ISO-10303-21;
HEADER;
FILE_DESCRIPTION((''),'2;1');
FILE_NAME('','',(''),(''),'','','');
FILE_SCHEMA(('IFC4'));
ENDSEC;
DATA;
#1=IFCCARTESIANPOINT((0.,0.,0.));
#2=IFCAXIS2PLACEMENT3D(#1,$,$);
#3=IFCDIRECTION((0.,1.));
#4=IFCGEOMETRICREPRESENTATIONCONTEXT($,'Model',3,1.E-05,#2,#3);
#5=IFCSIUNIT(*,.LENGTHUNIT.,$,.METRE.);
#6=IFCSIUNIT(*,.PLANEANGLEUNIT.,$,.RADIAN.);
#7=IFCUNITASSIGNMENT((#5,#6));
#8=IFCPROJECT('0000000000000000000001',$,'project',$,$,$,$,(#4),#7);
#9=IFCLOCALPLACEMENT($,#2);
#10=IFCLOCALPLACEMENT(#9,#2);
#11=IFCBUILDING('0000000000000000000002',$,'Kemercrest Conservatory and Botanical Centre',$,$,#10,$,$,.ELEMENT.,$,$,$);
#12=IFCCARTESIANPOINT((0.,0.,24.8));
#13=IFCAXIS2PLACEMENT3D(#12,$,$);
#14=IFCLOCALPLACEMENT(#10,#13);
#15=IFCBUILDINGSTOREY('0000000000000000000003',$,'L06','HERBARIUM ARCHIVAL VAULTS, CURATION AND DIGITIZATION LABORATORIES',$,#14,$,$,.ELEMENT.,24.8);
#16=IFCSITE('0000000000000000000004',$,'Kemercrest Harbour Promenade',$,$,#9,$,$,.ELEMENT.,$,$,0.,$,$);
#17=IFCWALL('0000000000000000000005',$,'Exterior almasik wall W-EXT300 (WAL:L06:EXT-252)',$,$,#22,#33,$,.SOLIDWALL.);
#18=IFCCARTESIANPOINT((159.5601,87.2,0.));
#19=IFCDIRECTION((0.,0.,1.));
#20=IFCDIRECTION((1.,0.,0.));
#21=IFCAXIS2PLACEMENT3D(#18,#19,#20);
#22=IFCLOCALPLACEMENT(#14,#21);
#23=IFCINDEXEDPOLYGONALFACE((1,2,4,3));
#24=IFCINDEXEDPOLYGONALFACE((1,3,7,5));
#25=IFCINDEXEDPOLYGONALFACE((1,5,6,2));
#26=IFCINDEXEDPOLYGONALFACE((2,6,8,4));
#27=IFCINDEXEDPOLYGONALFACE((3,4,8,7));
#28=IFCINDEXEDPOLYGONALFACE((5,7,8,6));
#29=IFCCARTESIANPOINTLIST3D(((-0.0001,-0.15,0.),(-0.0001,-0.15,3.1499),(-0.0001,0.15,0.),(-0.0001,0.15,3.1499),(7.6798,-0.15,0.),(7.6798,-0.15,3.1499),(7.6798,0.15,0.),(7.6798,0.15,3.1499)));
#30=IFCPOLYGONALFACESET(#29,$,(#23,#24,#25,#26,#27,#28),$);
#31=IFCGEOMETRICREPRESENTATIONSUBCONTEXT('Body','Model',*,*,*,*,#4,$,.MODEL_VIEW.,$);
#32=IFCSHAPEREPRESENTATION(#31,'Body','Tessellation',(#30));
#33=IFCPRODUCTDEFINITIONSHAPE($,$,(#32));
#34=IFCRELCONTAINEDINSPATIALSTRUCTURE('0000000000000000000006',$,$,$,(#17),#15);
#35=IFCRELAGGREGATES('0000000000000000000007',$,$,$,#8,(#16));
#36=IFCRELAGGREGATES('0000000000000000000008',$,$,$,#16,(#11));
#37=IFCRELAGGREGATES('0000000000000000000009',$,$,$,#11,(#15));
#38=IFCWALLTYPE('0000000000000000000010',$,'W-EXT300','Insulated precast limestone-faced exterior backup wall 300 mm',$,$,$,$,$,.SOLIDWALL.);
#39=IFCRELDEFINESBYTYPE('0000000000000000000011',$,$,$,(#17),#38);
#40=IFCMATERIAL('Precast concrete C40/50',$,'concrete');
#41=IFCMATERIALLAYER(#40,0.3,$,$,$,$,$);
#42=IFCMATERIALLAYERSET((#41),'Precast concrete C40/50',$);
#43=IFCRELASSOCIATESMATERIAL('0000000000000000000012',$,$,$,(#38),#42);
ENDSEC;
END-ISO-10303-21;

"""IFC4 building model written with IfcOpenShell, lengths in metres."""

from ifc_helpers import new_model, si_unit, direction, frame, frame_2d, origin, place, context, subcontext, project, spatial, rectangle, extrude, material, layer, layer_set, type_object, element, save


model = new_model("IFC4")

# Units and contexts
model_context = context("Model", 3, precision=1e-05, world=origin(), true_north=direction((0.0, 1.0)))
body_context = subcontext(model_context, "Body", "Model", "MODEL_VIEW")
ifc_project = project(units=[si_unit("LENGTHUNIT", "METRE"), si_unit("PLANEANGLEUNIT", "RADIAN")], contexts=[model_context])

# Site, building, storey
site_placement = place(None, origin())
site = spatial("IfcSite", under=ifc_project, at=site_placement, Name="Kemercrest Harbour Promenade", CompositionType="ELEMENT", RefElevation=0.0)
building_placement = place(site_placement, origin())
building = spatial("IfcBuilding", under=site, at=building_placement, Name="Kemercrest Conservatory and Botanical Centre", CompositionType="ELEMENT")
storey_placement = place(building_placement, frame((0.0, 0.0, 24.8)))
storey = spatial("IfcBuildingStorey", under=building, at=storey_placement, Name="L06", Description="HERBARIUM ARCHIVAL VAULTS, CURATION AND DIGITIZATION LABORATORIES", CompositionType="ELEMENT", Elevation=24.8)

# Shared definitions
ifc_material_1 = material(Name="Precast concrete C40/50", Category="concrete")
ifc_layer_1 = layer(ifc_material_1, 0.3)
ifc_layer_set_1 = layer_set([ifc_layer_1], Name="Precast concrete C40/50")
wall_type_1 = type_object("IfcWallType", Name="W-EXT300", Description="Insulated precast limestone-faced exterior backup wall 300 mm", PredefinedType="SOLIDWALL", material=ifc_layer_set_1)

# Wall
wall_1_placement = place(storey_placement, frame((159.5601, 87.2, 0.0), z_axis=(0.0, 0.0, 1.0), x_axis=(1.0, 0.0, 0.0)))
element("IfcWall", 1, at=wall_1_placement, inside=storey, type_object=wall_type_1, Name="Exterior almasik wall W-EXT300 (WAL:L06:EXT-252)", PredefinedType="SOLIDWALL", context=body_context, shape_type="SweptSolid", body=[
    extrude(rectangle(XDim=7.6799, YDim=0.3, at=frame_2d((3.8398, 0.0))), origin(), (0.0, 0.0, 1.0), 3.1499),
])

save(model, "model.ifc")
